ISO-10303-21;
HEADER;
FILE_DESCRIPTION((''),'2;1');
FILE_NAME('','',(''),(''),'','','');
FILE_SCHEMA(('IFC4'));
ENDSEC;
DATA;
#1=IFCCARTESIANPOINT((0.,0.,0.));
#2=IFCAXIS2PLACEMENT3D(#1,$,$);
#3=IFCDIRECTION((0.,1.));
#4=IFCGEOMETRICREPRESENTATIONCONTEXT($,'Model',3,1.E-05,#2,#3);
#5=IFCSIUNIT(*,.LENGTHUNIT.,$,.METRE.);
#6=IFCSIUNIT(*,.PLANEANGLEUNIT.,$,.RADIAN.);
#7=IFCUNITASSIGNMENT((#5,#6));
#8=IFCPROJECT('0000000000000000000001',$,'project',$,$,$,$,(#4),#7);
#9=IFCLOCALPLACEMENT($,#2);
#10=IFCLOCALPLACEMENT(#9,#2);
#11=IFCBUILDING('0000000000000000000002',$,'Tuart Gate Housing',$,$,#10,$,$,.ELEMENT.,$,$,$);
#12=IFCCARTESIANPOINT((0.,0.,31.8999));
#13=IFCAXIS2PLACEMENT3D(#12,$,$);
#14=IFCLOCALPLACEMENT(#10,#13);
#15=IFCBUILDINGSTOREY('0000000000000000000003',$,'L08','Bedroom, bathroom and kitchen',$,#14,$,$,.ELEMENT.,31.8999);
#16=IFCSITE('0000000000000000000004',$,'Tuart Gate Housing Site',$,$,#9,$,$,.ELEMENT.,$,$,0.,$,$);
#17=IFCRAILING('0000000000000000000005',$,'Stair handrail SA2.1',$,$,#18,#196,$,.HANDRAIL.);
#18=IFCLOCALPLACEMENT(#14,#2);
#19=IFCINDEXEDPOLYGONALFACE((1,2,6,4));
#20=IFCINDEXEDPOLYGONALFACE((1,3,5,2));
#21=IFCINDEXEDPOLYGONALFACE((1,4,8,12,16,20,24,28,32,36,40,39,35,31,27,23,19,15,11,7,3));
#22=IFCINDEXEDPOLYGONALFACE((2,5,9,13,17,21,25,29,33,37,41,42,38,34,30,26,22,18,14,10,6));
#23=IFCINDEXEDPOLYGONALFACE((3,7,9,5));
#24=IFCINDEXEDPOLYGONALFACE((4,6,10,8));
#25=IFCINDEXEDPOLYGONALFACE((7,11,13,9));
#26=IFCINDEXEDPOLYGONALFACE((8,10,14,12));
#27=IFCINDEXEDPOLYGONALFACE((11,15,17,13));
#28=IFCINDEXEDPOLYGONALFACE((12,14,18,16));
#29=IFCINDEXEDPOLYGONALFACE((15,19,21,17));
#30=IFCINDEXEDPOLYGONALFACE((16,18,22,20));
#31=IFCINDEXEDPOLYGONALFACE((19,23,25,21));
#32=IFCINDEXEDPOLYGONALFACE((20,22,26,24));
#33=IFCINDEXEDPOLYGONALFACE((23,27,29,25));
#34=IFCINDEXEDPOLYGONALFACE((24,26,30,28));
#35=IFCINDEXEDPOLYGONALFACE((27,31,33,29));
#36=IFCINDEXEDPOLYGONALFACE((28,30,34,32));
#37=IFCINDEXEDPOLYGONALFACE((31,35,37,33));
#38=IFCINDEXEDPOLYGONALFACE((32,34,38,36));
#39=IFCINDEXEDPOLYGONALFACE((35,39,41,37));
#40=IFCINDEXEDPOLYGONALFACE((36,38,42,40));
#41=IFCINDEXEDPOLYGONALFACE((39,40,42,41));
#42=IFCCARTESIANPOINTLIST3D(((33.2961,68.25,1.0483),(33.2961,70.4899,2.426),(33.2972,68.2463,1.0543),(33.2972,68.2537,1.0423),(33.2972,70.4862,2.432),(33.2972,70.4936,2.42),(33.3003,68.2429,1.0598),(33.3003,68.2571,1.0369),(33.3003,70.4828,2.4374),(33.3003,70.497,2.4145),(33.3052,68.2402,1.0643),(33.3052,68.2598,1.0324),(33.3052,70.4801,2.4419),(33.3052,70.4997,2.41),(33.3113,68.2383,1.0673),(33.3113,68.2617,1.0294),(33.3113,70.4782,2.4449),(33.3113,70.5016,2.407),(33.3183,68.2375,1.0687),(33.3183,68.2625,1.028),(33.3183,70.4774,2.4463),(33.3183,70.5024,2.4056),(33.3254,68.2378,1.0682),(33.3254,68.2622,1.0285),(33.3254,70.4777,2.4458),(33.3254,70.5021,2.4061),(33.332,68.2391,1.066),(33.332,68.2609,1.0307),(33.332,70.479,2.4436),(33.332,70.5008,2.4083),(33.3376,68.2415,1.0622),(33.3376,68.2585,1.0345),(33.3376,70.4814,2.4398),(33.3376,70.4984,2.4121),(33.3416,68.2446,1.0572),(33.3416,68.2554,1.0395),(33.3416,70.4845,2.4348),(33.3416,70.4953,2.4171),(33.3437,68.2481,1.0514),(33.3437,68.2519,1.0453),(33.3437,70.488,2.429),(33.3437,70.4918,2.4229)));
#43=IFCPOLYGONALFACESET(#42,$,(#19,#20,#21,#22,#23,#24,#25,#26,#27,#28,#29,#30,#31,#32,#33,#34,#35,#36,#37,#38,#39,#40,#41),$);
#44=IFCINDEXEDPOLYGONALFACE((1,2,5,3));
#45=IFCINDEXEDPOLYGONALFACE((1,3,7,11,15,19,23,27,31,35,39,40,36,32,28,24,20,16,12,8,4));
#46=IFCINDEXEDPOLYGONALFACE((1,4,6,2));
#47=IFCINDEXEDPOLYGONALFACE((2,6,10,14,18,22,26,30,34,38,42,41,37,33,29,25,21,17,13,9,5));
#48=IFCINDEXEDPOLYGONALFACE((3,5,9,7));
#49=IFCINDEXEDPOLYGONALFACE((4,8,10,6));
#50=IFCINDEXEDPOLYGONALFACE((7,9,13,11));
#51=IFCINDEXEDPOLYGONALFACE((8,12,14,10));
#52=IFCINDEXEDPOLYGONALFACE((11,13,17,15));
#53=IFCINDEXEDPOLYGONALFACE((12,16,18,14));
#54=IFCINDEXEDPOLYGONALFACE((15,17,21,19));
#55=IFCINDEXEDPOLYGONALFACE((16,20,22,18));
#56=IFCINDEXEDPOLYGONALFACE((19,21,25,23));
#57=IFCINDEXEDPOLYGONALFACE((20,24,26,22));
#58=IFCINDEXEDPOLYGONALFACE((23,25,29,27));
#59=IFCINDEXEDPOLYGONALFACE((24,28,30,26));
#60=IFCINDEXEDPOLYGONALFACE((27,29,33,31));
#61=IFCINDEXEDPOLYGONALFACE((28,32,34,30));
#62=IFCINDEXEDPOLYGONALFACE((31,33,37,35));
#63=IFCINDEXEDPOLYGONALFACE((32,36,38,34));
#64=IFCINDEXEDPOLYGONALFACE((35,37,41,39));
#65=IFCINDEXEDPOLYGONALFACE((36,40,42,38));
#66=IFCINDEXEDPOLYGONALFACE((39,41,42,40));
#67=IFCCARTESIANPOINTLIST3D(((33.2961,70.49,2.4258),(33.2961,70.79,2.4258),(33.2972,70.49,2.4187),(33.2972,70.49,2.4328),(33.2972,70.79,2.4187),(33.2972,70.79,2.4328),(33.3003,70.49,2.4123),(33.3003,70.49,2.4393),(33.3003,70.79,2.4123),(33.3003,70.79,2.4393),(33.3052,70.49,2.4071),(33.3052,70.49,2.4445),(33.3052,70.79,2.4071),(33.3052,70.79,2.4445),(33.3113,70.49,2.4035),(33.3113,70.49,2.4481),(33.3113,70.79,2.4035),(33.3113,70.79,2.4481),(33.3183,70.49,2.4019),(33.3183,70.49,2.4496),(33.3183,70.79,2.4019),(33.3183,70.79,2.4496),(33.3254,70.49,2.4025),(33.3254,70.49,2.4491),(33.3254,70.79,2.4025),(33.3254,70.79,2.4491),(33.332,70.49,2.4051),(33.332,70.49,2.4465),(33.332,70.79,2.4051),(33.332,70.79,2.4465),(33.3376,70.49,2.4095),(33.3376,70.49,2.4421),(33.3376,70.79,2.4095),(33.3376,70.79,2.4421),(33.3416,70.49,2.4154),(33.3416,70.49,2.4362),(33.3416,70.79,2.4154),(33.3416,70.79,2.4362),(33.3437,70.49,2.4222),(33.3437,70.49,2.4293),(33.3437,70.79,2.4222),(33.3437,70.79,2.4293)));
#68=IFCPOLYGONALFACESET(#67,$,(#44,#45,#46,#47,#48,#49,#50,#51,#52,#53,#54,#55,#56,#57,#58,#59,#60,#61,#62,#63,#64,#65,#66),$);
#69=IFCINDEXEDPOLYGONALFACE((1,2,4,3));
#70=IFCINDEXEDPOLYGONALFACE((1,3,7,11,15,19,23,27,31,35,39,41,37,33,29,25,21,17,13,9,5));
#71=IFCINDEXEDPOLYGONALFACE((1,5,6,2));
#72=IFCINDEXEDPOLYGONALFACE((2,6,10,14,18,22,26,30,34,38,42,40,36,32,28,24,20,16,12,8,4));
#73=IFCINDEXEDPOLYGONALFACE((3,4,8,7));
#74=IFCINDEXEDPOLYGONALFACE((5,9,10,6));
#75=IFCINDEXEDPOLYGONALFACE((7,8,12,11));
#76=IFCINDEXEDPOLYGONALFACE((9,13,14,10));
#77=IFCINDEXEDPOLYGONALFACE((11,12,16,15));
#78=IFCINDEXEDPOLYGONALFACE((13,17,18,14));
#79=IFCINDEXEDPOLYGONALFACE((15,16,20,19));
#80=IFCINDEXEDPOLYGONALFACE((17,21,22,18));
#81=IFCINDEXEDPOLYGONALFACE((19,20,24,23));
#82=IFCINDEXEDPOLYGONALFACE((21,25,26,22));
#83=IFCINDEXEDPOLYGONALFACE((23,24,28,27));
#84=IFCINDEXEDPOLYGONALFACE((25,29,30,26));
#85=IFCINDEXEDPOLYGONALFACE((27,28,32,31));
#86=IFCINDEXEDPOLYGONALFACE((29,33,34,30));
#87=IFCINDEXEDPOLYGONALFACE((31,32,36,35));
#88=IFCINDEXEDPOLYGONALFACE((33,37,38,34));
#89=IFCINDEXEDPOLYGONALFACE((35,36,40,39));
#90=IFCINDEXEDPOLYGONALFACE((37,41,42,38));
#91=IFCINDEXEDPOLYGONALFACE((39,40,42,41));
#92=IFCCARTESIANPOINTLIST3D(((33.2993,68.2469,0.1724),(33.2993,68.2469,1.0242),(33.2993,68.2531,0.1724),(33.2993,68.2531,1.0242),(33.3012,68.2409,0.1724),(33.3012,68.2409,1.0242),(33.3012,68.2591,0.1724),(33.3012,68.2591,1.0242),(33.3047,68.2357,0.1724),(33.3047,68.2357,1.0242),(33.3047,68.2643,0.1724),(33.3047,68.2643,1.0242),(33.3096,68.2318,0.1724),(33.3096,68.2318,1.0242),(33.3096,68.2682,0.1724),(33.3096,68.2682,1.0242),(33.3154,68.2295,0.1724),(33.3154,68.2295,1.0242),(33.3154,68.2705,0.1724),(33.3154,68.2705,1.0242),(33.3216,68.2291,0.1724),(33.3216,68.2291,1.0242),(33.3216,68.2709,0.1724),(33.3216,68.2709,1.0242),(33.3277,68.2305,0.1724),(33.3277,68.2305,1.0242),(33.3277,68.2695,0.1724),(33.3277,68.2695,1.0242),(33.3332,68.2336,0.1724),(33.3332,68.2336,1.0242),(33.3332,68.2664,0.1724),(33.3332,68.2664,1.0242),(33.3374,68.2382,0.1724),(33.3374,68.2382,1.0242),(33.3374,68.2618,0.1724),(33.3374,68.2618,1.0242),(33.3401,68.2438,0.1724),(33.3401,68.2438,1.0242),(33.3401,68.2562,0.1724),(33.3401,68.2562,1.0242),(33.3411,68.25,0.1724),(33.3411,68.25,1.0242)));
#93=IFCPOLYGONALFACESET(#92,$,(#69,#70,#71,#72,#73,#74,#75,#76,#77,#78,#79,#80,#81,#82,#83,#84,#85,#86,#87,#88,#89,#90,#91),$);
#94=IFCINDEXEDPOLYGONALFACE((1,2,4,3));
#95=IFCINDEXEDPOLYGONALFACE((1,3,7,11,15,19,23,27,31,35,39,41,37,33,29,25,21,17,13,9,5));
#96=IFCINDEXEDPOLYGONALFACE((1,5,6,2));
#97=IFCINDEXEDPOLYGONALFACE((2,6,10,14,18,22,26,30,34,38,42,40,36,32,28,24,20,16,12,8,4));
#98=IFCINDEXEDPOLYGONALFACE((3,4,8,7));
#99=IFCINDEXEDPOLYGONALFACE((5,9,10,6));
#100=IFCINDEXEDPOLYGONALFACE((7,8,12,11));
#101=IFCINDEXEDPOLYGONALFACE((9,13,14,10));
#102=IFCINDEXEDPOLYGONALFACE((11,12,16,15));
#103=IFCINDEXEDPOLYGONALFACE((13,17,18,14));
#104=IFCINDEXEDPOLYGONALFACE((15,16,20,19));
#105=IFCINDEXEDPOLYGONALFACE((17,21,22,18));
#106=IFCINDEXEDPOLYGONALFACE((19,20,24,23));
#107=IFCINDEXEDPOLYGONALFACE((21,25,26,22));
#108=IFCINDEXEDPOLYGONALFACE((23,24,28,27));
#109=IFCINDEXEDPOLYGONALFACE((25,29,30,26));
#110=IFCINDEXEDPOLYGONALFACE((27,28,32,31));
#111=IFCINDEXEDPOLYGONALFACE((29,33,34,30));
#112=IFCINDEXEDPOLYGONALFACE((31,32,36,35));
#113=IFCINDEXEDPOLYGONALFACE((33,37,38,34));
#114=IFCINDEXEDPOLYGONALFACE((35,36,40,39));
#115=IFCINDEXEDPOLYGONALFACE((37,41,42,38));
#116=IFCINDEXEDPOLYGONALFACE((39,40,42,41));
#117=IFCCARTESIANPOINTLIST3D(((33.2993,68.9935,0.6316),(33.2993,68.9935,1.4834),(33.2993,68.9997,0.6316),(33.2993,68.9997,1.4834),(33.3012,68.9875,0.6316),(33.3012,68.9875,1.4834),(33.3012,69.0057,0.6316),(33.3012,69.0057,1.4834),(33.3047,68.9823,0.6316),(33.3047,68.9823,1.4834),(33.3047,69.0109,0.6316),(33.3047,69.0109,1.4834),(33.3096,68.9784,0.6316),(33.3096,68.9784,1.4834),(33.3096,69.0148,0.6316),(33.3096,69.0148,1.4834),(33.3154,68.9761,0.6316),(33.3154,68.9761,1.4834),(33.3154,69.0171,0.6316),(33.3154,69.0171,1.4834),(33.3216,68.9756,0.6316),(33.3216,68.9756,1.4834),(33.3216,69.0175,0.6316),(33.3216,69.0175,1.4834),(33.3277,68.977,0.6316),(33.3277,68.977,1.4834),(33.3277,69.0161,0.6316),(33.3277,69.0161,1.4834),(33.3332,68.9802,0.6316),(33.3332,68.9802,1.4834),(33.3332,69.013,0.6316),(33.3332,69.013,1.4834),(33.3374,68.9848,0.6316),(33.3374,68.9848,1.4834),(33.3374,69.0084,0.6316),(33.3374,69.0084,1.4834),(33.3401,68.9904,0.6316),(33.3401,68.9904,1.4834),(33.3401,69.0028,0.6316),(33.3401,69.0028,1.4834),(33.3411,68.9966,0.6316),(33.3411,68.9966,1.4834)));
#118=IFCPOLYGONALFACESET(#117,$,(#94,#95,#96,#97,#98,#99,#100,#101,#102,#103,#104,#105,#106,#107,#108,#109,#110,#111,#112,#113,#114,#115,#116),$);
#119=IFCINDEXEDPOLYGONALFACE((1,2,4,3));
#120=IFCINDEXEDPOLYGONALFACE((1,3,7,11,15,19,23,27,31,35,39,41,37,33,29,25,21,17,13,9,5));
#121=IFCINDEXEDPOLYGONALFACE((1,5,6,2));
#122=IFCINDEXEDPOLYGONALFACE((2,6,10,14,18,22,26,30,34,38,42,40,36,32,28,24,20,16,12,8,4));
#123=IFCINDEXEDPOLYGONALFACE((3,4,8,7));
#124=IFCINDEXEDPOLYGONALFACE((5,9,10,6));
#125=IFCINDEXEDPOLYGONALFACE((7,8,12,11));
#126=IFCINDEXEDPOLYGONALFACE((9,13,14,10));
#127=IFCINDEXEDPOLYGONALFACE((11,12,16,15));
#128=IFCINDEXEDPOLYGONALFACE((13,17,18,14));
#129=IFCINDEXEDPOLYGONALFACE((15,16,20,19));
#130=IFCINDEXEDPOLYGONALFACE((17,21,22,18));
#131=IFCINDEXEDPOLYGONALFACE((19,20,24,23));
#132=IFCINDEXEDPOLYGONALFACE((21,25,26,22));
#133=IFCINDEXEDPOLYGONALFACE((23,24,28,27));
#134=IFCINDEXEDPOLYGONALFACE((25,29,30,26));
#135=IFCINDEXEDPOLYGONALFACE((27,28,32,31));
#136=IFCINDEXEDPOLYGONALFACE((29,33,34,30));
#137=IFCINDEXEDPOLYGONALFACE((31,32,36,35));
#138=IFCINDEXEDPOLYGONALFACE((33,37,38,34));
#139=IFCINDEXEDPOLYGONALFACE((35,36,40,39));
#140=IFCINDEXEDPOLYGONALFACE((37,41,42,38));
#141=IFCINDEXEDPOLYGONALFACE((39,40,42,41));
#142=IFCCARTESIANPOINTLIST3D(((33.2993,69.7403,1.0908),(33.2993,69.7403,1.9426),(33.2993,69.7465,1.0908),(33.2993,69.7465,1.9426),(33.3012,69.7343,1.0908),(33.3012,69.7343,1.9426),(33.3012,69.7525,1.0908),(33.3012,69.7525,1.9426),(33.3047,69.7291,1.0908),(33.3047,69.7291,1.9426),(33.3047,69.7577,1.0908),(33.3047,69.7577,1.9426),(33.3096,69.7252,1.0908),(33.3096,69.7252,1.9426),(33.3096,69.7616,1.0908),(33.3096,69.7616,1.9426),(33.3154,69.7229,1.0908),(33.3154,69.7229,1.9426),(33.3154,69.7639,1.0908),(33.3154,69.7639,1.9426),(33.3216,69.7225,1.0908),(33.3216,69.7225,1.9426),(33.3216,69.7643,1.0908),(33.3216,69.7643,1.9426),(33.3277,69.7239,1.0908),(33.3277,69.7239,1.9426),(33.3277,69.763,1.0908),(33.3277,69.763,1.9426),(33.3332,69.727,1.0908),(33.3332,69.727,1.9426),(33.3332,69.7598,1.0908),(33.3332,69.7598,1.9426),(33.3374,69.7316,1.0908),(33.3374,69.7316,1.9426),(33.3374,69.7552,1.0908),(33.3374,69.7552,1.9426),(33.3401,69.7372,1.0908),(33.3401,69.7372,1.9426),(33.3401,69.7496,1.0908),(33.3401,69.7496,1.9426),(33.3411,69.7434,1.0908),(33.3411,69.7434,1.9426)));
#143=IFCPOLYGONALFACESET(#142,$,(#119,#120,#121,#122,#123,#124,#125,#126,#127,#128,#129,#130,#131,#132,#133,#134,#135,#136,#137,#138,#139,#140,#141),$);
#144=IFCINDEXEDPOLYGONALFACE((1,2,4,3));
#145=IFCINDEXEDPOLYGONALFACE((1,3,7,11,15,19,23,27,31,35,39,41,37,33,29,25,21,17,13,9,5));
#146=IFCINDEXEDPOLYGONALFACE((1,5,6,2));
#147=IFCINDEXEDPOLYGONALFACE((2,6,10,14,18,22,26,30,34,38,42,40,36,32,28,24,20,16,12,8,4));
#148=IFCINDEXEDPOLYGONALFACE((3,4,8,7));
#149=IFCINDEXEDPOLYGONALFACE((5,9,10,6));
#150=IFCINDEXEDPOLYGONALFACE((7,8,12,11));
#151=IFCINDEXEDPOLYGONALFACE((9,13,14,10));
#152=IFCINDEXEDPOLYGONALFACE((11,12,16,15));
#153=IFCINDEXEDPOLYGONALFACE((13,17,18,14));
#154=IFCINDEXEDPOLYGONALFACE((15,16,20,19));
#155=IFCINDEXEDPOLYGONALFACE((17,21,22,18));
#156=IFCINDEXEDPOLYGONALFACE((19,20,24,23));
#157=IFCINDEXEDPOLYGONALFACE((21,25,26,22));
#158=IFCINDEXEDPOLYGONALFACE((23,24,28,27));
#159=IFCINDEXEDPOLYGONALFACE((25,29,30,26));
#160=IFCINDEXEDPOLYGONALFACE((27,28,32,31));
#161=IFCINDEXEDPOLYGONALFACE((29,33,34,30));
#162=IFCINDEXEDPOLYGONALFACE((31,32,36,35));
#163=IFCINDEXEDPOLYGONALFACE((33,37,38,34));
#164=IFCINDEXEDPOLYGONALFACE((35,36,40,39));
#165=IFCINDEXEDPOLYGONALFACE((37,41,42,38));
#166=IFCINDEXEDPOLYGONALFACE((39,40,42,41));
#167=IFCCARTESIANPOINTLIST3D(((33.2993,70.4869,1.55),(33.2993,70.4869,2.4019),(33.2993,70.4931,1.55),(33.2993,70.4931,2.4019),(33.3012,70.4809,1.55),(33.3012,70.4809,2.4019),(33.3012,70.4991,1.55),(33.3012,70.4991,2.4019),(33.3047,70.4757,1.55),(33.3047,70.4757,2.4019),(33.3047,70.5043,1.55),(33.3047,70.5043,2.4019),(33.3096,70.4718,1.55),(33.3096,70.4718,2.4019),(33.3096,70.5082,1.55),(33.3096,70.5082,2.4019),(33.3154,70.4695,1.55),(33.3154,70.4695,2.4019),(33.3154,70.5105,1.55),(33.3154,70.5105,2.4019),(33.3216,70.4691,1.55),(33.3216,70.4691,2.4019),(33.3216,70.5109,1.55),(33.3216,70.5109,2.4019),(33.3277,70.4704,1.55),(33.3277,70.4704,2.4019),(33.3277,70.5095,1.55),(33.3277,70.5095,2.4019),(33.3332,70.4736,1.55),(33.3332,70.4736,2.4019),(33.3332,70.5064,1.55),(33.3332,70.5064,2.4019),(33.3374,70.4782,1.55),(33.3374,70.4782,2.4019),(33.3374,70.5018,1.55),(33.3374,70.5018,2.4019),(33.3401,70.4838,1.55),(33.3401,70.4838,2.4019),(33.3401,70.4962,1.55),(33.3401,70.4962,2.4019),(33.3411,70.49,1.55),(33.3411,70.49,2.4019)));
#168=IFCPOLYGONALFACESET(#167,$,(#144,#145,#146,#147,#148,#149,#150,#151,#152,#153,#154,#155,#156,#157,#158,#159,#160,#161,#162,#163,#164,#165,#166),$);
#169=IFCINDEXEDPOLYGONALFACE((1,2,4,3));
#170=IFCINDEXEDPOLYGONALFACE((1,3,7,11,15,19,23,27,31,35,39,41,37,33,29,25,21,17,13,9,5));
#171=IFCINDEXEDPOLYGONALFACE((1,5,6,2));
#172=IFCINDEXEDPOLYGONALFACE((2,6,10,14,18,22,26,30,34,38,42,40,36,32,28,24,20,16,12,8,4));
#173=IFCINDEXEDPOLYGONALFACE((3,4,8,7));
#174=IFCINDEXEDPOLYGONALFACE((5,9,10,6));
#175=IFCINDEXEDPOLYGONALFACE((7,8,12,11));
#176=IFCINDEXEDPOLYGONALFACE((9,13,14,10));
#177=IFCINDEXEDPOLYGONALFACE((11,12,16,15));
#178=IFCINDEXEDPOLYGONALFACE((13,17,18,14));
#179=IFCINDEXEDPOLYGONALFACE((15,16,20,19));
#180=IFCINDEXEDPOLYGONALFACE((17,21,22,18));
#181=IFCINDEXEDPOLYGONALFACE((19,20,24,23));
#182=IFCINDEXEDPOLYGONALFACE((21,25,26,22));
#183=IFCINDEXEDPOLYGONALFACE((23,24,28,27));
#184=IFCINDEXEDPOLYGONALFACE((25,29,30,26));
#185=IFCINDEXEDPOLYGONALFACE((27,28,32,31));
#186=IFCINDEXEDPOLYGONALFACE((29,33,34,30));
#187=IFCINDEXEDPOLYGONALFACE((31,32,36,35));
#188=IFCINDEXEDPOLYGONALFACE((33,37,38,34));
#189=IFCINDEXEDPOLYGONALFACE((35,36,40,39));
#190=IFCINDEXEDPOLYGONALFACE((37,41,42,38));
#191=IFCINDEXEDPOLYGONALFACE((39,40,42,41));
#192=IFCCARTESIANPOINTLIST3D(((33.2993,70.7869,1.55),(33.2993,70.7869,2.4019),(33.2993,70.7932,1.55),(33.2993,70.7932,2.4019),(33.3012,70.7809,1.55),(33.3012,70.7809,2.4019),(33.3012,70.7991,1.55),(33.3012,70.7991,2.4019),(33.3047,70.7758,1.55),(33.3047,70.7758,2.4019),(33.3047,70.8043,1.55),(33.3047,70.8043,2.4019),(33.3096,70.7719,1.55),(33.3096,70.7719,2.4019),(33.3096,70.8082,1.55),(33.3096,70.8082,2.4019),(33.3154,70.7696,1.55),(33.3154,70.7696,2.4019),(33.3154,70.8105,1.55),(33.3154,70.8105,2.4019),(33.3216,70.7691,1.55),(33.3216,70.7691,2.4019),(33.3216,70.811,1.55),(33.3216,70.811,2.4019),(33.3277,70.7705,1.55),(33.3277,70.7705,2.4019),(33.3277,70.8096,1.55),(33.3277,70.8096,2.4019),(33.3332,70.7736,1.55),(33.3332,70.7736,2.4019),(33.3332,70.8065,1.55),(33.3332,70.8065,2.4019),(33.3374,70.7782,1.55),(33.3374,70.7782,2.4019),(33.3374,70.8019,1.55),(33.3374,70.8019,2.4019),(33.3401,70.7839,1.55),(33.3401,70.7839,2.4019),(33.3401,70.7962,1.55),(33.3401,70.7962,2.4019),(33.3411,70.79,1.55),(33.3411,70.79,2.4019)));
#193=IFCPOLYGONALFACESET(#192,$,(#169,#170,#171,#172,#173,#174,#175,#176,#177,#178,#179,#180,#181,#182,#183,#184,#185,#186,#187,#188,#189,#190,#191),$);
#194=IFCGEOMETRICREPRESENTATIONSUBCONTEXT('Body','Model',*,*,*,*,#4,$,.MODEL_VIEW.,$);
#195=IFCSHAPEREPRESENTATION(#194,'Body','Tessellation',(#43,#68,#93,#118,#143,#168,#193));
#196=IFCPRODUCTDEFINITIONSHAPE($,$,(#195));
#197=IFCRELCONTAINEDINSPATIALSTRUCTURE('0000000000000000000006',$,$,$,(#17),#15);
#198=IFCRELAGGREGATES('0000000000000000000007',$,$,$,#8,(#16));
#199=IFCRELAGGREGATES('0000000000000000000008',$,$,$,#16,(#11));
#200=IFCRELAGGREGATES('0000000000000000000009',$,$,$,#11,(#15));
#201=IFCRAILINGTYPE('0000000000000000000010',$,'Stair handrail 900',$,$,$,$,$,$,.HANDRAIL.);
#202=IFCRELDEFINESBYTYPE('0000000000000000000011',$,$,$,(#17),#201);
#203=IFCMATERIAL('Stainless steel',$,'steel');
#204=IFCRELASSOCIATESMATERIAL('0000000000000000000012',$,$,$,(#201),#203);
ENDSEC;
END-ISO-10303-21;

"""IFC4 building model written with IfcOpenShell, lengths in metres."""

from ifc_helpers import new_model, si_unit, direction, frame, origin, origin_2d, place, context, subcontext, project, spatial, circle, extrude, material, type_object, element, save


model = new_model("IFC4")

# Units and contexts
model_context = context("Model", 3, precision=1e-05, world=origin(), true_north=direction((0.0, 1.0)))
body_context = subcontext(model_context, "Body", "Model", "MODEL_VIEW")
ifc_project = project(units=[si_unit("LENGTHUNIT", "METRE"), si_unit("PLANEANGLEUNIT", "RADIAN")], contexts=[model_context])

# Site, building, storey
site_placement = place(None, origin())
site = spatial("IfcSite", under=ifc_project, at=site_placement, Name="Tuart Gate Housing Site", CompositionType="ELEMENT", RefElevation=0.0)
building_placement = place(site_placement, origin())
building = spatial("IfcBuilding", under=site, at=building_placement, Name="Tuart Gate Housing", CompositionType="ELEMENT")
storey_placement = place(building_placement, frame((0.0, 0.0, 31.8999)))
storey = spatial("IfcBuildingStorey", under=building, at=storey_placement, Name="L08", Description="Bedroom, bathroom and kitchen", CompositionType="ELEMENT", Elevation=31.8999)

# Railing
ifc_material_1 = material(Name="Stainless steel", Category="steel")
railing_type = type_object("IfcRailingType", Name="Stair handrail 900", PredefinedType="HANDRAIL", material=ifc_material_1)
railing_placement = place(storey_placement, frame((33.3201, 68.25, 0.1724)))
element("IfcRailing", 1, at=railing_placement, inside=storey, type_object=railing_type, Name="Stair handrail SA2.1", PredefinedType="HANDRAIL", context=body_context, shape_type="SweptSolid", body=[
    extrude(circle(Radius=0.0239, at=origin_2d()), frame((0.0, 0.0, 0.876), z_axis=(0.0, 0.851789, 0.523885), x_axis=(-1.0, 0.0, 0.0)), (0.0, 0.0, 1.0), 2.6296),
    extrude(circle(Radius=0.0239, at=origin_2d()), frame((0.0, 2.24, 2.2534), z_axis=(0.0, 1.0, 0.0), x_axis=(-1.0, 0.0, 0.0)), (0.0, 0.0, 1.0), 0.3),
    extrude(circle(Radius=0.021, at=origin_2d()), origin(), (0.0, 0.0, 1.0), 0.8518),
    extrude(circle(Radius=0.021, at=origin_2d()), frame((0.0, 0.7466, 0.4592)), (0.0, 0.0, 1.0), 0.8518),
    extrude(circle(Radius=0.021, at=origin_2d()), frame((0.0, 1.4934, 0.9185)), (0.0, 0.0, 1.0), 0.8518),
    extrude(circle(Radius=0.021, at=origin_2d()), frame((0.0, 2.24, 1.3777)), (0.0, 0.0, 1.0), 0.8518),
    extrude(circle(Radius=0.021, at=origin_2d()), frame((0.0, 2.54, 1.3777)), (0.0, 0.0, 1.0), 0.8518),
])

save(model, "model.ifc")
